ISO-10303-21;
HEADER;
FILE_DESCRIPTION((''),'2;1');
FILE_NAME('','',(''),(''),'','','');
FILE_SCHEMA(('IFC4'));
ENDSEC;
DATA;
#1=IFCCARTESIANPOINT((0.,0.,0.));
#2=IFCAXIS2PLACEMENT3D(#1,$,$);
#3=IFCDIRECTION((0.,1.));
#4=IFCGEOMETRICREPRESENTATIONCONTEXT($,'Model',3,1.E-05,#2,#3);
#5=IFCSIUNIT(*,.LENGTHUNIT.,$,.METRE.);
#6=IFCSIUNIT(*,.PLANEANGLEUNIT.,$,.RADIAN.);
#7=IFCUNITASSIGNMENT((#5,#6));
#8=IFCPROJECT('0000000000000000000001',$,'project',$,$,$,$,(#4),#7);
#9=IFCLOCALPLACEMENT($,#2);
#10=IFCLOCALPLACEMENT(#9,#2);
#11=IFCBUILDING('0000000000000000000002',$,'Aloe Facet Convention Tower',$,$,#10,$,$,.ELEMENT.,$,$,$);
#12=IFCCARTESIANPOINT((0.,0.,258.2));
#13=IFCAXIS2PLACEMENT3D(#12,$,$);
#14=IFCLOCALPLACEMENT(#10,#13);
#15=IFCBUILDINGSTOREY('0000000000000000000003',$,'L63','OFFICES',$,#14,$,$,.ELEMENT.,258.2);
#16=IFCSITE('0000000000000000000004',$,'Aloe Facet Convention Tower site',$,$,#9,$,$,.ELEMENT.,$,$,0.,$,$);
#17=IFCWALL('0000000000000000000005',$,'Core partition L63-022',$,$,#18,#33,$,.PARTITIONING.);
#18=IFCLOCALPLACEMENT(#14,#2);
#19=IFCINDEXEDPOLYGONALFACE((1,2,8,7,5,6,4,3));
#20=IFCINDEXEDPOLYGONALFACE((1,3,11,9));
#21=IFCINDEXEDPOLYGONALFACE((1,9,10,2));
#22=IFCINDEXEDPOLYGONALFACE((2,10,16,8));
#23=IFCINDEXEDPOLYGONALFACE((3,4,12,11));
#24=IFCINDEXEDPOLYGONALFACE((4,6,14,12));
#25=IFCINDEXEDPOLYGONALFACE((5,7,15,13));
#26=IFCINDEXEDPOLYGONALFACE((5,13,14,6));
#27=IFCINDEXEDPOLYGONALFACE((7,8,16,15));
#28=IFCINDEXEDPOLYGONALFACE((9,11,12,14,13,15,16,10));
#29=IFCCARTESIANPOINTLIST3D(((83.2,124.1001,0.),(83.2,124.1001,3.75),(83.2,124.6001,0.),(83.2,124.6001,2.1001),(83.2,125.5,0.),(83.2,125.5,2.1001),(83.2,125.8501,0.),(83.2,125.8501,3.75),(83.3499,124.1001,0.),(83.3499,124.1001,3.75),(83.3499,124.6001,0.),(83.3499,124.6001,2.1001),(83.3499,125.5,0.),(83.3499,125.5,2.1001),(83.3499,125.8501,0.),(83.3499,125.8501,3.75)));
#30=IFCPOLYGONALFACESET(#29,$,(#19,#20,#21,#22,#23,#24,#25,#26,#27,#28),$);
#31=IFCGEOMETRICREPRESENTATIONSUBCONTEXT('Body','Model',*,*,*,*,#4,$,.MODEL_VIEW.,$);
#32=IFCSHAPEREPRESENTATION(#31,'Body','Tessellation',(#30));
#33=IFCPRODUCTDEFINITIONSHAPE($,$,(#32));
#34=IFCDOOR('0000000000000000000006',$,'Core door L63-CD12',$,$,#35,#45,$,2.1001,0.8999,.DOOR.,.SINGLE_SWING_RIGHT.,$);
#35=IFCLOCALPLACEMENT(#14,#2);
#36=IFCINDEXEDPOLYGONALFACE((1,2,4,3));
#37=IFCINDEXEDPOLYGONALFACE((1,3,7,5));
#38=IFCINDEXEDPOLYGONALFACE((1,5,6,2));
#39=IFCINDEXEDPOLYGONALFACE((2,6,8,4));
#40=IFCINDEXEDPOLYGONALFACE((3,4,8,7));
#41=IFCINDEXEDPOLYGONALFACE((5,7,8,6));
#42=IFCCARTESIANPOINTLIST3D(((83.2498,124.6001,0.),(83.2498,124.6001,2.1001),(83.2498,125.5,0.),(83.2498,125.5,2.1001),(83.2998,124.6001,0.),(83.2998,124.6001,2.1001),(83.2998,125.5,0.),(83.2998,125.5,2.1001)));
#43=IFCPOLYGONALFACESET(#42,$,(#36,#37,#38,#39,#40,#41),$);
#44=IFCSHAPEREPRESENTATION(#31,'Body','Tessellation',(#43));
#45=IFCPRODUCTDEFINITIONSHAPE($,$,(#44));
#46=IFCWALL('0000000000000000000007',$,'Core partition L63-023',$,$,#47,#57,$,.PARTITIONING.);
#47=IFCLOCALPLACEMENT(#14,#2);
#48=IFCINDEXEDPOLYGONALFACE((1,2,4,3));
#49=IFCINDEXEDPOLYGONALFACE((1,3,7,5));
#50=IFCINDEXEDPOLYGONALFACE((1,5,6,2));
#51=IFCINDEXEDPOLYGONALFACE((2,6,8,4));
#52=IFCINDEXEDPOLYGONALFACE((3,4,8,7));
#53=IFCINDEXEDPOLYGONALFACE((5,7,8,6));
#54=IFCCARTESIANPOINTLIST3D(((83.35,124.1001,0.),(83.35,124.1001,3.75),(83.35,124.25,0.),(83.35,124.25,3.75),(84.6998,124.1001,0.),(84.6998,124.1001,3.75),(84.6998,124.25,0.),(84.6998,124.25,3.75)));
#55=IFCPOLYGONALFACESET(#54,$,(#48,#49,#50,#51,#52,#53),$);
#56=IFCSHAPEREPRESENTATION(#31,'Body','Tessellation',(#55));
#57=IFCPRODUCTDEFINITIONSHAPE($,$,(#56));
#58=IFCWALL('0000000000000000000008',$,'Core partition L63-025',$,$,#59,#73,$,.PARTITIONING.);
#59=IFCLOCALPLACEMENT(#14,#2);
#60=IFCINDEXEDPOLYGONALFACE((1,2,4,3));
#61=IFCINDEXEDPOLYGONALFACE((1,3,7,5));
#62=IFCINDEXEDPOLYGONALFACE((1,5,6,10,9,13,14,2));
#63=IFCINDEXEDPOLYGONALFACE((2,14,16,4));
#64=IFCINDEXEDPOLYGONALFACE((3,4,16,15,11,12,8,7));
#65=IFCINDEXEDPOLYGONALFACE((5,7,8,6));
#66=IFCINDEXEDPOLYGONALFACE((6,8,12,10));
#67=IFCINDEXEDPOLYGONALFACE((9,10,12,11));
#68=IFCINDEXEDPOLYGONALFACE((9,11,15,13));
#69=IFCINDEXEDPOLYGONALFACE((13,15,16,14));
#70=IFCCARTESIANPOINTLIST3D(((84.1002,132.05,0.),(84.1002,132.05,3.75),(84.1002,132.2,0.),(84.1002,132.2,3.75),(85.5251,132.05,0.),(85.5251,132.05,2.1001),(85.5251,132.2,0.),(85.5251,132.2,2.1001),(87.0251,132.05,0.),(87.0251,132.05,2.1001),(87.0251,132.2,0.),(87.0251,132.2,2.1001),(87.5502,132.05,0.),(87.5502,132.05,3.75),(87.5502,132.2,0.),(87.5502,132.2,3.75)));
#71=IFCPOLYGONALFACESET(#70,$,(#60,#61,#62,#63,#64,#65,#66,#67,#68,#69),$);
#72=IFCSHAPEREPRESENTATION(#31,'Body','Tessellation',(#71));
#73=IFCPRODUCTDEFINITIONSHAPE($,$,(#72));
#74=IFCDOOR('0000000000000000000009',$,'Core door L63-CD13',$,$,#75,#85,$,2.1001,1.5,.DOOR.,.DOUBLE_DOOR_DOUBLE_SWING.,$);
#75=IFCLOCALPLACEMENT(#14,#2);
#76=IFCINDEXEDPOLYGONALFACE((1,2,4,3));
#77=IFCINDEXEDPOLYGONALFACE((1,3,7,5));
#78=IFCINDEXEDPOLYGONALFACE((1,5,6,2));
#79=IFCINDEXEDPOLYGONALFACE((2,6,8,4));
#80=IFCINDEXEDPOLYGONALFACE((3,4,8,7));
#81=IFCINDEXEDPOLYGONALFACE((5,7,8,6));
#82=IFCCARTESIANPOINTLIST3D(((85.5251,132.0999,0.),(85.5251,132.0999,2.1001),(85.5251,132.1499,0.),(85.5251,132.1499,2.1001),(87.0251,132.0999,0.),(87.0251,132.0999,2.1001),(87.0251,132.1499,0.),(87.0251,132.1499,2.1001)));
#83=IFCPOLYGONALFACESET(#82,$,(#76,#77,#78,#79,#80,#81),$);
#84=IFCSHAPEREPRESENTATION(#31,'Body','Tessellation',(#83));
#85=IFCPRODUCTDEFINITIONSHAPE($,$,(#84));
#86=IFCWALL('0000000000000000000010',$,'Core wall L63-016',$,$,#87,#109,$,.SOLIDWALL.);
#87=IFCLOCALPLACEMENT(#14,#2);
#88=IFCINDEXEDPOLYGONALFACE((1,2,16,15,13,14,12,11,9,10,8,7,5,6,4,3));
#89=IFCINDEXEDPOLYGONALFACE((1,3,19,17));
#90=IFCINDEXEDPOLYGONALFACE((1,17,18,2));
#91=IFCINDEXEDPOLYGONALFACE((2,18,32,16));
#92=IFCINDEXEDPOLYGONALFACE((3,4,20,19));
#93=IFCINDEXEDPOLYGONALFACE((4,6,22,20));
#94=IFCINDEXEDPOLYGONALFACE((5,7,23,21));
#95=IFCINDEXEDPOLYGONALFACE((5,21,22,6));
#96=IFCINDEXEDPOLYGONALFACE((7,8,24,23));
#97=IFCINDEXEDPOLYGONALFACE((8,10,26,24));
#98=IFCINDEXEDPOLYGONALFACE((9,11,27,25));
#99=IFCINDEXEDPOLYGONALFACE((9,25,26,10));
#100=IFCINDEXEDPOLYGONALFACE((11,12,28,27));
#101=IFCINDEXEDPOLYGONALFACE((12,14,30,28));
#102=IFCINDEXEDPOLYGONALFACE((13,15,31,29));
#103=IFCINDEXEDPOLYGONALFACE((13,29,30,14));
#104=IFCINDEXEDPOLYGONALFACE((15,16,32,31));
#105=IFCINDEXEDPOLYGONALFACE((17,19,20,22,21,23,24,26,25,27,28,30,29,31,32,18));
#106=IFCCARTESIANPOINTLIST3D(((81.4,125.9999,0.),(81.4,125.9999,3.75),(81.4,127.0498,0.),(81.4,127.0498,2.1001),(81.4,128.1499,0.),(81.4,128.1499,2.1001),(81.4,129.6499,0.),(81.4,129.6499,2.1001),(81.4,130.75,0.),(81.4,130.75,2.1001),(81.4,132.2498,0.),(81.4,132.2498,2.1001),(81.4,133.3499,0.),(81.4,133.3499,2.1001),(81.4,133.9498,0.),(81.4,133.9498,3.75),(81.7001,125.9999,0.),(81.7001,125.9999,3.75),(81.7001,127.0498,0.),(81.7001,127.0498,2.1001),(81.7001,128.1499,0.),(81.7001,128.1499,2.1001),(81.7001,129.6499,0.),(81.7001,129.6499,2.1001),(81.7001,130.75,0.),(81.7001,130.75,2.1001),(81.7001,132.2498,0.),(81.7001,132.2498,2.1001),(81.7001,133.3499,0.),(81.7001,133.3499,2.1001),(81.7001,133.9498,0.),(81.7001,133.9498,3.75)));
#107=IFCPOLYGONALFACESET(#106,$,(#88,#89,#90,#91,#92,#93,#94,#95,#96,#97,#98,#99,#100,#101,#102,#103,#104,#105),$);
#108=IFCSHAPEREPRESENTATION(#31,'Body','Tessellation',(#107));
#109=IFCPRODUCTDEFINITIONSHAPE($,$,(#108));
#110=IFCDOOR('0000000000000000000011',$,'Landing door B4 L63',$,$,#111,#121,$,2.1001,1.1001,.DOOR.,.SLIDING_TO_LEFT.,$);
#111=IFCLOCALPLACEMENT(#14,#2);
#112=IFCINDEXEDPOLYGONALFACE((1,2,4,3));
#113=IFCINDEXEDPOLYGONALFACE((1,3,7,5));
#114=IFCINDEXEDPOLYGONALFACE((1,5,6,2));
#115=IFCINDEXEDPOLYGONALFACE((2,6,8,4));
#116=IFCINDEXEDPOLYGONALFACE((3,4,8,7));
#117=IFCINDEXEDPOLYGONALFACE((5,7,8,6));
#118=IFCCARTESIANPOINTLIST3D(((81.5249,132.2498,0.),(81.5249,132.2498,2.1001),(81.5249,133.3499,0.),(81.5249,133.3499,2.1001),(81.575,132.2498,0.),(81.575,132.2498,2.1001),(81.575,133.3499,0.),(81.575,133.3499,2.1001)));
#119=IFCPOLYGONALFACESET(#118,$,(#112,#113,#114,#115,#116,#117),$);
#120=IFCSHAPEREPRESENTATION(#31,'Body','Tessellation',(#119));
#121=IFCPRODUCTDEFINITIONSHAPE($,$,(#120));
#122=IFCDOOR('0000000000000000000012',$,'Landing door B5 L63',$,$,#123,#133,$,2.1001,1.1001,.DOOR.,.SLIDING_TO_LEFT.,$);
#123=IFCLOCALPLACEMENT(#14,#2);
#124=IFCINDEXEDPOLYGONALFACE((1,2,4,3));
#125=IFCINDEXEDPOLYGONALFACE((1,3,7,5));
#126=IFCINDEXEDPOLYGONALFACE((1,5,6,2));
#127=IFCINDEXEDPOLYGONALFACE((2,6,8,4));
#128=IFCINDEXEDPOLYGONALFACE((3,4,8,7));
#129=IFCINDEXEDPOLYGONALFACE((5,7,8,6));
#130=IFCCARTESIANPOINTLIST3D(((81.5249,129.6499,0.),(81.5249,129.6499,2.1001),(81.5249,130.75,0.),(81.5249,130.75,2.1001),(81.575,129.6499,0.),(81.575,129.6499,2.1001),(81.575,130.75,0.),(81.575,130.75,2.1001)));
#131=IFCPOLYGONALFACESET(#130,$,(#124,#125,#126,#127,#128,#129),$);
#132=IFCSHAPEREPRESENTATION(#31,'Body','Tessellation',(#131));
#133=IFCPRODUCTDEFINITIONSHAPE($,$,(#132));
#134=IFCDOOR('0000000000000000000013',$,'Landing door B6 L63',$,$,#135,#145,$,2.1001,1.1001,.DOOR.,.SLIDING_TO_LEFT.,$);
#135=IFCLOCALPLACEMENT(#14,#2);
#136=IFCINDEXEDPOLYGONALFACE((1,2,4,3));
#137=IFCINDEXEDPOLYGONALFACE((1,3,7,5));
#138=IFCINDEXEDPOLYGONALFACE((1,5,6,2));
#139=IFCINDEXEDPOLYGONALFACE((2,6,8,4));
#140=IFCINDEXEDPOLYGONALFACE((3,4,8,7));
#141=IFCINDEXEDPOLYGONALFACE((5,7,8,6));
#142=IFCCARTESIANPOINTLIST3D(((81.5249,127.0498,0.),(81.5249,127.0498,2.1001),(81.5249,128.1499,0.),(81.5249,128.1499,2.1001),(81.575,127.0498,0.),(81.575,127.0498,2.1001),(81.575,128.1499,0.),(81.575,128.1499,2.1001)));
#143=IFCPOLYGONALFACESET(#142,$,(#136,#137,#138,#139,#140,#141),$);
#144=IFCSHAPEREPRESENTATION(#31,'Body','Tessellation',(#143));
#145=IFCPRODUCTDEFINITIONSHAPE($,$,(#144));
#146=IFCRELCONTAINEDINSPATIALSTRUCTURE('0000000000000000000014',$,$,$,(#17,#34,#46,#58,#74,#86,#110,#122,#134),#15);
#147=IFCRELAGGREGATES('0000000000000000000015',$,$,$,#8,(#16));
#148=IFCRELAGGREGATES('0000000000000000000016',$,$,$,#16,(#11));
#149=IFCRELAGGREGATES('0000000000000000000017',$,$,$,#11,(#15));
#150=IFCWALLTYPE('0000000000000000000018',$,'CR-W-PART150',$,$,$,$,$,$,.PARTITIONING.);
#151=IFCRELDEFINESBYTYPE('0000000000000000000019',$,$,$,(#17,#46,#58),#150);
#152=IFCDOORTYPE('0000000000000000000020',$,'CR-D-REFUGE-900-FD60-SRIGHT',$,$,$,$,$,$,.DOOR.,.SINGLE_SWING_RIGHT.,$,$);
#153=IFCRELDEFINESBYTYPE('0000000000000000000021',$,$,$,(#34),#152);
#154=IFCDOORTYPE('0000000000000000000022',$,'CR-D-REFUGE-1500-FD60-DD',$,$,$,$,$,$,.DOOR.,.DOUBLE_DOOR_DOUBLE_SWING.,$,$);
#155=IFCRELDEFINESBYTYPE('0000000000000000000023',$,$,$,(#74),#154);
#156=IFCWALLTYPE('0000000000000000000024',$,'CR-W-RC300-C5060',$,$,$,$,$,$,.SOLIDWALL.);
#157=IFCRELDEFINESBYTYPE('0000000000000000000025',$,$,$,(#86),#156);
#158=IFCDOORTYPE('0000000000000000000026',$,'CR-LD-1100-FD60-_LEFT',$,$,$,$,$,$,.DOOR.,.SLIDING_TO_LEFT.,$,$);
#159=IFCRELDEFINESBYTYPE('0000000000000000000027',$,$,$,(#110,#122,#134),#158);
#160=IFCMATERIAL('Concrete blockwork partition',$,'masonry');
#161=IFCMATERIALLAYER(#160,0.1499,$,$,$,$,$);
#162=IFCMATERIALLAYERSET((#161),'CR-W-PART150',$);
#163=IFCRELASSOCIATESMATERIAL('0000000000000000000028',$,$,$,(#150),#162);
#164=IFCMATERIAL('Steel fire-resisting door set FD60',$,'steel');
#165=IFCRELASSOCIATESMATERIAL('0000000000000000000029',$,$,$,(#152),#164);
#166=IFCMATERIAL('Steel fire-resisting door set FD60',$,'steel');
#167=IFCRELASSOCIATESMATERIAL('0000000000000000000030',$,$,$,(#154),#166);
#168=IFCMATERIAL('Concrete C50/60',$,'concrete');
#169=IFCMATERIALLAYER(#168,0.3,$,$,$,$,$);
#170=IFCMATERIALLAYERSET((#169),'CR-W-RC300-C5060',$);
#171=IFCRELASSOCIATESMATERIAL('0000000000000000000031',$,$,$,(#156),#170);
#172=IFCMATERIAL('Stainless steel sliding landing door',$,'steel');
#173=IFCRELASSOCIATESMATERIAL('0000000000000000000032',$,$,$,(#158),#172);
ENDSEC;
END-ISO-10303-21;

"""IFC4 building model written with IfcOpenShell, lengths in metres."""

from ifc_helpers import new_model, si_unit, direction, frame, frame_2d, origin, place, context, subcontext, project, spatial, rectangle, extrude, material, layer, layer_set, type_object, element, fill, save


model = new_model("IFC4")

# Units and contexts
model_context = context("Model", 3, precision=1e-05, world=origin(), true_north=direction((0.0, 1.0)))
body_context = subcontext(model_context, "Body", "Model", "MODEL_VIEW")
ifc_project = project(units=[si_unit("LENGTHUNIT", "METRE"), si_unit("PLANEANGLEUNIT", "RADIAN")], contexts=[model_context])

# Site, building, storey
site_placement = place(None, origin())
site = spatial("IfcSite", under=ifc_project, at=site_placement, Name="Aloe Facet Convention Tower site", CompositionType="ELEMENT", RefElevation=0.0)
building_placement = place(site_placement, origin())
building = spatial("IfcBuilding", under=site, at=building_placement, Name="Aloe Facet Convention Tower", CompositionType="ELEMENT")
storey_placement = place(building_placement, frame((0.0, 0.0, 258.2)))
storey = spatial("IfcBuildingStorey", under=building, at=storey_placement, Name="L63", Description="OFFICES", CompositionType="ELEMENT", Elevation=258.2)

# Wall, opening, door
ifc_material_1 = material(Name="Concrete blockwork partition", Category="masonry")
ifc_layer_1 = layer(ifc_material_1, 0.1499)
ifc_layer_set_1 = layer_set([ifc_layer_1], Name="CR-W-PART150")
wall_type_1 = type_object("IfcWallType", Name="CR-W-PART150", PredefinedType="PARTITIONING", material=ifc_layer_set_1)
wall_1_placement = place(storey_placement, frame((83.2749, 125.8501, 0.0), z_axis=(0.0, 0.0, 1.0), x_axis=(0.0, -1.0, 0.0)))
wall_1 = element("IfcWall", 1, at=wall_1_placement, inside=storey, type_object=wall_type_1, Name="Core partition L63-022", PredefinedType="PARTITIONING", context=body_context, shape_type="SweptSolid", body=[
    extrude(rectangle(XDim=1.75, YDim=0.1499, at=frame_2d((0.875, 0.0))), origin(), (0.0, 0.0, 1.0), 3.75),
])
opening_1_placement = place(wall_1_placement, frame((0.3501, 0.0, 0.0)))
opening_1 = element("IfcOpeningElement", 2, at=opening_1_placement, cuts=wall_1, PredefinedType="OPENING", context=body_context, shape_type="SweptSolid", body=[
    extrude(rectangle(XDim=0.8999, YDim=2.1001, at=frame_2d((0.45, 1.05))), frame((0.0, 0.085, 0.0), z_axis=(0.0, -1.0, 0.0), x_axis=(1.0, 0.0, 0.0)), (0.0, 0.0, 1.0), 0.1699),
])
ifc_material_2 = material(Name="Steel fire-resisting door set FD60", Category="steel")
door_type_1 = type_object("IfcDoorType", Name="CR-D-REFUGE-900-FD60-SRIGHT", OperationType="SINGLE_SWING_RIGHT", PredefinedType="DOOR", material=ifc_material_2)
door_1_placement = place(opening_1_placement, origin())
door_1 = element("IfcDoor", 3, at=door_1_placement, inside=storey, type_object=door_type_1, Name="Core door L63-CD12", OperationType="SINGLE_SWING_RIGHT", OverallHeight=2.1001, OverallWidth=0.8999, PredefinedType="DOOR", context=body_context, shape_type="SweptSolid", body=[
    extrude(rectangle(XDim=0.8999, YDim=2.1001, at=frame_2d((0.45, 1.05))), frame((0.0, 0.0249, 0.0), z_axis=(0.0, -1.0, 0.0), x_axis=(1.0, 0.0, 0.0)), (0.0, 0.0, 1.0), 0.05),
])
fill(opening_1, door_1)

# Wall
wall_2_placement = place(storey_placement, frame((83.3501, 124.175, 0.0), z_axis=(0.0, 0.0, 1.0), x_axis=(1.0, 0.0, 0.0)))
element("IfcWall", 4, at=wall_2_placement, inside=storey, type_object=wall_type_1, Name="Core partition L63-023", PredefinedType="PARTITIONING", context=body_context, shape_type="SweptSolid", body=[
    extrude(rectangle(XDim=1.3499, YDim=0.1499, at=frame_2d((0.6748, 0.0))), origin(), (0.0, 0.0, 1.0), 3.75),
])

# Wall, opening, door
wall_3_placement = place(storey_placement, frame((84.1001, 132.125, 0.0), z_axis=(0.0, 0.0, 1.0), x_axis=(1.0, 0.0, 0.0)))
wall_3 = element("IfcWall", 5, at=wall_3_placement, inside=storey, type_object=wall_type_1, Name="Core partition L63-025", PredefinedType="PARTITIONING", context=body_context, shape_type="SweptSolid", body=[
    extrude(rectangle(XDim=3.45, YDim=0.1499, at=frame_2d((1.7251, 0.0))), origin(), (0.0, 0.0, 1.0), 3.75),
])
opening_2_placement = place(wall_3_placement, frame((1.425, 0.0, 0.0)))
opening_2 = element("IfcOpeningElement", 6, at=opening_2_placement, cuts=wall_3, PredefinedType="OPENING", context=body_context, shape_type="SweptSolid", body=[
    extrude(rectangle(XDim=1.5, YDim=2.1001, at=frame_2d((0.75, 1.05))), frame((0.0, 0.085, 0.0), z_axis=(0.0, -1.0, 0.0), x_axis=(1.0, 0.0, 0.0)), (0.0, 0.0, 1.0), 0.1699),
])
ifc_material_3 = material(Name="Steel fire-resisting door set FD60", Category="steel")
door_type_2 = type_object("IfcDoorType", Name="CR-D-REFUGE-1500-FD60-DD", OperationType="DOUBLE_DOOR_DOUBLE_SWING", PredefinedType="DOOR", material=ifc_material_3)
door_2_placement = place(opening_2_placement, origin())
door_2 = element("IfcDoor", 7, at=door_2_placement, inside=storey, type_object=door_type_2, Name="Core door L63-CD13", OperationType="DOUBLE_DOOR_DOUBLE_SWING", OverallHeight=2.1001, OverallWidth=1.5, PredefinedType="DOOR", context=body_context, shape_type="SweptSolid", body=[
    extrude(rectangle(XDim=1.5, YDim=2.1001, at=frame_2d((0.75, 1.05))), frame((0.0, 0.0249, 0.0), z_axis=(0.0, -1.0, 0.0), x_axis=(1.0, 0.0, 0.0)), (0.0, 0.0, 1.0), 0.05),
])
fill(opening_2, door_2)

# Wall, openings, doors
ifc_material_4 = material(Name="Concrete C50/60", Category="concrete")
ifc_layer_2 = layer(ifc_material_4, 0.3)
ifc_layer_set_2 = layer_set([ifc_layer_2], Name="CR-W-RC300-C5060")
wall_type_2 = type_object("IfcWallType", Name="CR-W-RC300-C5060", PredefinedType="SOLIDWALL", material=ifc_layer_set_2)
wall_4_placement = place(storey_placement, frame((81.55, 133.95, 0.0), z_axis=(0.0, 0.0, 1.0), x_axis=(0.0, -1.0, 0.0)))
wall_4 = element("IfcWall", 8, at=wall_4_placement, inside=storey, type_object=wall_type_2, Name="Core wall L63-016", PredefinedType="SOLIDWALL", context=body_context, shape_type="SweptSolid", body=[
    extrude(rectangle(XDim=7.95, YDim=0.3, at=frame_2d((3.9751, 0.0))), origin(), (0.0, 0.0, 1.0), 3.75),
])
opening_3_placement = place(wall_4_placement, frame((0.6001, 0.0, 0.0)))
opening_3 = element("IfcOpeningElement", 9, at=opening_3_placement, cuts=wall_4, PredefinedType="OPENING", context=body_context, shape_type="SweptSolid", body=[
    extrude(rectangle(XDim=1.1001, YDim=2.1001, at=frame_2d((0.55, 1.05))), frame((0.0, 0.1602, 0.0), z_axis=(0.0, -1.0, 0.0), x_axis=(1.0, 0.0, 0.0)), (0.0, 0.0, 1.0), 0.3201),
])
opening_4_placement = place(wall_4_placement, frame((3.2, 0.0, 0.0)))
opening_4 = element("IfcOpeningElement", 10, at=opening_4_placement, cuts=wall_4, PredefinedType="OPENING", context=body_context, shape_type="SweptSolid", body=[
    extrude(rectangle(XDim=1.1001, YDim=2.1001, at=frame_2d((0.55, 1.05))), frame((0.0, 0.1602, 0.0), z_axis=(0.0, -1.0, 0.0), x_axis=(1.0, 0.0, 0.0)), (0.0, 0.0, 1.0), 0.3201),
])
opening_5_placement = place(wall_4_placement, frame((5.8, 0.0, 0.0)))
opening_5 = element("IfcOpeningElement", 11, at=opening_5_placement, cuts=wall_4, PredefinedType="OPENING", context=body_context, shape_type="SweptSolid", body=[
    extrude(rectangle(XDim=1.1001, YDim=2.1001, at=frame_2d((0.55, 1.05))), frame((0.0, 0.1602, 0.0), z_axis=(0.0, -1.0, 0.0), x_axis=(1.0, 0.0, 0.0)), (0.0, 0.0, 1.0), 0.3201),
])
ifc_material_5 = material(Name="Stainless steel sliding landing door", Category="steel")
door_type_3 = type_object("IfcDoorType", Name="CR-LD-1100-FD60-_LEFT", OperationType="SLIDING_TO_LEFT", PredefinedType="DOOR", material=ifc_material_5)
door_3_placement = place(opening_3_placement, origin())
door_3 = element("IfcDoor", 12, at=door_3_placement, inside=storey, type_object=door_type_3, Name="Landing door B4 L63", OperationType="SLIDING_TO_LEFT", OverallHeight=2.1001, OverallWidth=1.1001, PredefinedType="DOOR", context=body_context, shape_type="SweptSolid", body=[
    extrude(rectangle(XDim=1.1001, YDim=2.1001, at=frame_2d((0.55, 1.05))), frame((0.0, 0.0249, 0.0), z_axis=(0.0, -1.0, 0.0), x_axis=(1.0, 0.0, 0.0)), (0.0, 0.0, 1.0), 0.05),
])
fill(opening_3, door_3)
door_4_placement = place(opening_4_placement, origin())
door_4 = element("IfcDoor", 13, at=door_4_placement, inside=storey, type_object=door_type_3, Name="Landing door B5 L63", OperationType="SLIDING_TO_LEFT", OverallHeight=2.1001, OverallWidth=1.1001, PredefinedType="DOOR", context=body_context, shape_type="SweptSolid", body=[
    extrude(rectangle(XDim=1.1001, YDim=2.1001, at=frame_2d((0.55, 1.05))), frame((0.0, 0.0249, 0.0), z_axis=(0.0, -1.0, 0.0), x_axis=(1.0, 0.0, 0.0)), (0.0, 0.0, 1.0), 0.05),
])
fill(opening_4, door_4)
door_5_placement = place(opening_5_placement, origin())
door_5 = element("IfcDoor", 14, at=door_5_placement, inside=storey, type_object=door_type_3, Name="Landing door B6 L63", OperationType="SLIDING_TO_LEFT", OverallHeight=2.1001, OverallWidth=1.1001, PredefinedType="DOOR", context=body_context, shape_type="SweptSolid", body=[
    extrude(rectangle(XDim=1.1001, YDim=2.1001, at=frame_2d((0.55, 1.05))), frame((0.0, 0.0249, 0.0), z_axis=(0.0, -1.0, 0.0), x_axis=(1.0, 0.0, 0.0)), (0.0, 0.0, 1.0), 0.05),
])
fill(opening_5, door_5)

save(model, "model.ifc")
